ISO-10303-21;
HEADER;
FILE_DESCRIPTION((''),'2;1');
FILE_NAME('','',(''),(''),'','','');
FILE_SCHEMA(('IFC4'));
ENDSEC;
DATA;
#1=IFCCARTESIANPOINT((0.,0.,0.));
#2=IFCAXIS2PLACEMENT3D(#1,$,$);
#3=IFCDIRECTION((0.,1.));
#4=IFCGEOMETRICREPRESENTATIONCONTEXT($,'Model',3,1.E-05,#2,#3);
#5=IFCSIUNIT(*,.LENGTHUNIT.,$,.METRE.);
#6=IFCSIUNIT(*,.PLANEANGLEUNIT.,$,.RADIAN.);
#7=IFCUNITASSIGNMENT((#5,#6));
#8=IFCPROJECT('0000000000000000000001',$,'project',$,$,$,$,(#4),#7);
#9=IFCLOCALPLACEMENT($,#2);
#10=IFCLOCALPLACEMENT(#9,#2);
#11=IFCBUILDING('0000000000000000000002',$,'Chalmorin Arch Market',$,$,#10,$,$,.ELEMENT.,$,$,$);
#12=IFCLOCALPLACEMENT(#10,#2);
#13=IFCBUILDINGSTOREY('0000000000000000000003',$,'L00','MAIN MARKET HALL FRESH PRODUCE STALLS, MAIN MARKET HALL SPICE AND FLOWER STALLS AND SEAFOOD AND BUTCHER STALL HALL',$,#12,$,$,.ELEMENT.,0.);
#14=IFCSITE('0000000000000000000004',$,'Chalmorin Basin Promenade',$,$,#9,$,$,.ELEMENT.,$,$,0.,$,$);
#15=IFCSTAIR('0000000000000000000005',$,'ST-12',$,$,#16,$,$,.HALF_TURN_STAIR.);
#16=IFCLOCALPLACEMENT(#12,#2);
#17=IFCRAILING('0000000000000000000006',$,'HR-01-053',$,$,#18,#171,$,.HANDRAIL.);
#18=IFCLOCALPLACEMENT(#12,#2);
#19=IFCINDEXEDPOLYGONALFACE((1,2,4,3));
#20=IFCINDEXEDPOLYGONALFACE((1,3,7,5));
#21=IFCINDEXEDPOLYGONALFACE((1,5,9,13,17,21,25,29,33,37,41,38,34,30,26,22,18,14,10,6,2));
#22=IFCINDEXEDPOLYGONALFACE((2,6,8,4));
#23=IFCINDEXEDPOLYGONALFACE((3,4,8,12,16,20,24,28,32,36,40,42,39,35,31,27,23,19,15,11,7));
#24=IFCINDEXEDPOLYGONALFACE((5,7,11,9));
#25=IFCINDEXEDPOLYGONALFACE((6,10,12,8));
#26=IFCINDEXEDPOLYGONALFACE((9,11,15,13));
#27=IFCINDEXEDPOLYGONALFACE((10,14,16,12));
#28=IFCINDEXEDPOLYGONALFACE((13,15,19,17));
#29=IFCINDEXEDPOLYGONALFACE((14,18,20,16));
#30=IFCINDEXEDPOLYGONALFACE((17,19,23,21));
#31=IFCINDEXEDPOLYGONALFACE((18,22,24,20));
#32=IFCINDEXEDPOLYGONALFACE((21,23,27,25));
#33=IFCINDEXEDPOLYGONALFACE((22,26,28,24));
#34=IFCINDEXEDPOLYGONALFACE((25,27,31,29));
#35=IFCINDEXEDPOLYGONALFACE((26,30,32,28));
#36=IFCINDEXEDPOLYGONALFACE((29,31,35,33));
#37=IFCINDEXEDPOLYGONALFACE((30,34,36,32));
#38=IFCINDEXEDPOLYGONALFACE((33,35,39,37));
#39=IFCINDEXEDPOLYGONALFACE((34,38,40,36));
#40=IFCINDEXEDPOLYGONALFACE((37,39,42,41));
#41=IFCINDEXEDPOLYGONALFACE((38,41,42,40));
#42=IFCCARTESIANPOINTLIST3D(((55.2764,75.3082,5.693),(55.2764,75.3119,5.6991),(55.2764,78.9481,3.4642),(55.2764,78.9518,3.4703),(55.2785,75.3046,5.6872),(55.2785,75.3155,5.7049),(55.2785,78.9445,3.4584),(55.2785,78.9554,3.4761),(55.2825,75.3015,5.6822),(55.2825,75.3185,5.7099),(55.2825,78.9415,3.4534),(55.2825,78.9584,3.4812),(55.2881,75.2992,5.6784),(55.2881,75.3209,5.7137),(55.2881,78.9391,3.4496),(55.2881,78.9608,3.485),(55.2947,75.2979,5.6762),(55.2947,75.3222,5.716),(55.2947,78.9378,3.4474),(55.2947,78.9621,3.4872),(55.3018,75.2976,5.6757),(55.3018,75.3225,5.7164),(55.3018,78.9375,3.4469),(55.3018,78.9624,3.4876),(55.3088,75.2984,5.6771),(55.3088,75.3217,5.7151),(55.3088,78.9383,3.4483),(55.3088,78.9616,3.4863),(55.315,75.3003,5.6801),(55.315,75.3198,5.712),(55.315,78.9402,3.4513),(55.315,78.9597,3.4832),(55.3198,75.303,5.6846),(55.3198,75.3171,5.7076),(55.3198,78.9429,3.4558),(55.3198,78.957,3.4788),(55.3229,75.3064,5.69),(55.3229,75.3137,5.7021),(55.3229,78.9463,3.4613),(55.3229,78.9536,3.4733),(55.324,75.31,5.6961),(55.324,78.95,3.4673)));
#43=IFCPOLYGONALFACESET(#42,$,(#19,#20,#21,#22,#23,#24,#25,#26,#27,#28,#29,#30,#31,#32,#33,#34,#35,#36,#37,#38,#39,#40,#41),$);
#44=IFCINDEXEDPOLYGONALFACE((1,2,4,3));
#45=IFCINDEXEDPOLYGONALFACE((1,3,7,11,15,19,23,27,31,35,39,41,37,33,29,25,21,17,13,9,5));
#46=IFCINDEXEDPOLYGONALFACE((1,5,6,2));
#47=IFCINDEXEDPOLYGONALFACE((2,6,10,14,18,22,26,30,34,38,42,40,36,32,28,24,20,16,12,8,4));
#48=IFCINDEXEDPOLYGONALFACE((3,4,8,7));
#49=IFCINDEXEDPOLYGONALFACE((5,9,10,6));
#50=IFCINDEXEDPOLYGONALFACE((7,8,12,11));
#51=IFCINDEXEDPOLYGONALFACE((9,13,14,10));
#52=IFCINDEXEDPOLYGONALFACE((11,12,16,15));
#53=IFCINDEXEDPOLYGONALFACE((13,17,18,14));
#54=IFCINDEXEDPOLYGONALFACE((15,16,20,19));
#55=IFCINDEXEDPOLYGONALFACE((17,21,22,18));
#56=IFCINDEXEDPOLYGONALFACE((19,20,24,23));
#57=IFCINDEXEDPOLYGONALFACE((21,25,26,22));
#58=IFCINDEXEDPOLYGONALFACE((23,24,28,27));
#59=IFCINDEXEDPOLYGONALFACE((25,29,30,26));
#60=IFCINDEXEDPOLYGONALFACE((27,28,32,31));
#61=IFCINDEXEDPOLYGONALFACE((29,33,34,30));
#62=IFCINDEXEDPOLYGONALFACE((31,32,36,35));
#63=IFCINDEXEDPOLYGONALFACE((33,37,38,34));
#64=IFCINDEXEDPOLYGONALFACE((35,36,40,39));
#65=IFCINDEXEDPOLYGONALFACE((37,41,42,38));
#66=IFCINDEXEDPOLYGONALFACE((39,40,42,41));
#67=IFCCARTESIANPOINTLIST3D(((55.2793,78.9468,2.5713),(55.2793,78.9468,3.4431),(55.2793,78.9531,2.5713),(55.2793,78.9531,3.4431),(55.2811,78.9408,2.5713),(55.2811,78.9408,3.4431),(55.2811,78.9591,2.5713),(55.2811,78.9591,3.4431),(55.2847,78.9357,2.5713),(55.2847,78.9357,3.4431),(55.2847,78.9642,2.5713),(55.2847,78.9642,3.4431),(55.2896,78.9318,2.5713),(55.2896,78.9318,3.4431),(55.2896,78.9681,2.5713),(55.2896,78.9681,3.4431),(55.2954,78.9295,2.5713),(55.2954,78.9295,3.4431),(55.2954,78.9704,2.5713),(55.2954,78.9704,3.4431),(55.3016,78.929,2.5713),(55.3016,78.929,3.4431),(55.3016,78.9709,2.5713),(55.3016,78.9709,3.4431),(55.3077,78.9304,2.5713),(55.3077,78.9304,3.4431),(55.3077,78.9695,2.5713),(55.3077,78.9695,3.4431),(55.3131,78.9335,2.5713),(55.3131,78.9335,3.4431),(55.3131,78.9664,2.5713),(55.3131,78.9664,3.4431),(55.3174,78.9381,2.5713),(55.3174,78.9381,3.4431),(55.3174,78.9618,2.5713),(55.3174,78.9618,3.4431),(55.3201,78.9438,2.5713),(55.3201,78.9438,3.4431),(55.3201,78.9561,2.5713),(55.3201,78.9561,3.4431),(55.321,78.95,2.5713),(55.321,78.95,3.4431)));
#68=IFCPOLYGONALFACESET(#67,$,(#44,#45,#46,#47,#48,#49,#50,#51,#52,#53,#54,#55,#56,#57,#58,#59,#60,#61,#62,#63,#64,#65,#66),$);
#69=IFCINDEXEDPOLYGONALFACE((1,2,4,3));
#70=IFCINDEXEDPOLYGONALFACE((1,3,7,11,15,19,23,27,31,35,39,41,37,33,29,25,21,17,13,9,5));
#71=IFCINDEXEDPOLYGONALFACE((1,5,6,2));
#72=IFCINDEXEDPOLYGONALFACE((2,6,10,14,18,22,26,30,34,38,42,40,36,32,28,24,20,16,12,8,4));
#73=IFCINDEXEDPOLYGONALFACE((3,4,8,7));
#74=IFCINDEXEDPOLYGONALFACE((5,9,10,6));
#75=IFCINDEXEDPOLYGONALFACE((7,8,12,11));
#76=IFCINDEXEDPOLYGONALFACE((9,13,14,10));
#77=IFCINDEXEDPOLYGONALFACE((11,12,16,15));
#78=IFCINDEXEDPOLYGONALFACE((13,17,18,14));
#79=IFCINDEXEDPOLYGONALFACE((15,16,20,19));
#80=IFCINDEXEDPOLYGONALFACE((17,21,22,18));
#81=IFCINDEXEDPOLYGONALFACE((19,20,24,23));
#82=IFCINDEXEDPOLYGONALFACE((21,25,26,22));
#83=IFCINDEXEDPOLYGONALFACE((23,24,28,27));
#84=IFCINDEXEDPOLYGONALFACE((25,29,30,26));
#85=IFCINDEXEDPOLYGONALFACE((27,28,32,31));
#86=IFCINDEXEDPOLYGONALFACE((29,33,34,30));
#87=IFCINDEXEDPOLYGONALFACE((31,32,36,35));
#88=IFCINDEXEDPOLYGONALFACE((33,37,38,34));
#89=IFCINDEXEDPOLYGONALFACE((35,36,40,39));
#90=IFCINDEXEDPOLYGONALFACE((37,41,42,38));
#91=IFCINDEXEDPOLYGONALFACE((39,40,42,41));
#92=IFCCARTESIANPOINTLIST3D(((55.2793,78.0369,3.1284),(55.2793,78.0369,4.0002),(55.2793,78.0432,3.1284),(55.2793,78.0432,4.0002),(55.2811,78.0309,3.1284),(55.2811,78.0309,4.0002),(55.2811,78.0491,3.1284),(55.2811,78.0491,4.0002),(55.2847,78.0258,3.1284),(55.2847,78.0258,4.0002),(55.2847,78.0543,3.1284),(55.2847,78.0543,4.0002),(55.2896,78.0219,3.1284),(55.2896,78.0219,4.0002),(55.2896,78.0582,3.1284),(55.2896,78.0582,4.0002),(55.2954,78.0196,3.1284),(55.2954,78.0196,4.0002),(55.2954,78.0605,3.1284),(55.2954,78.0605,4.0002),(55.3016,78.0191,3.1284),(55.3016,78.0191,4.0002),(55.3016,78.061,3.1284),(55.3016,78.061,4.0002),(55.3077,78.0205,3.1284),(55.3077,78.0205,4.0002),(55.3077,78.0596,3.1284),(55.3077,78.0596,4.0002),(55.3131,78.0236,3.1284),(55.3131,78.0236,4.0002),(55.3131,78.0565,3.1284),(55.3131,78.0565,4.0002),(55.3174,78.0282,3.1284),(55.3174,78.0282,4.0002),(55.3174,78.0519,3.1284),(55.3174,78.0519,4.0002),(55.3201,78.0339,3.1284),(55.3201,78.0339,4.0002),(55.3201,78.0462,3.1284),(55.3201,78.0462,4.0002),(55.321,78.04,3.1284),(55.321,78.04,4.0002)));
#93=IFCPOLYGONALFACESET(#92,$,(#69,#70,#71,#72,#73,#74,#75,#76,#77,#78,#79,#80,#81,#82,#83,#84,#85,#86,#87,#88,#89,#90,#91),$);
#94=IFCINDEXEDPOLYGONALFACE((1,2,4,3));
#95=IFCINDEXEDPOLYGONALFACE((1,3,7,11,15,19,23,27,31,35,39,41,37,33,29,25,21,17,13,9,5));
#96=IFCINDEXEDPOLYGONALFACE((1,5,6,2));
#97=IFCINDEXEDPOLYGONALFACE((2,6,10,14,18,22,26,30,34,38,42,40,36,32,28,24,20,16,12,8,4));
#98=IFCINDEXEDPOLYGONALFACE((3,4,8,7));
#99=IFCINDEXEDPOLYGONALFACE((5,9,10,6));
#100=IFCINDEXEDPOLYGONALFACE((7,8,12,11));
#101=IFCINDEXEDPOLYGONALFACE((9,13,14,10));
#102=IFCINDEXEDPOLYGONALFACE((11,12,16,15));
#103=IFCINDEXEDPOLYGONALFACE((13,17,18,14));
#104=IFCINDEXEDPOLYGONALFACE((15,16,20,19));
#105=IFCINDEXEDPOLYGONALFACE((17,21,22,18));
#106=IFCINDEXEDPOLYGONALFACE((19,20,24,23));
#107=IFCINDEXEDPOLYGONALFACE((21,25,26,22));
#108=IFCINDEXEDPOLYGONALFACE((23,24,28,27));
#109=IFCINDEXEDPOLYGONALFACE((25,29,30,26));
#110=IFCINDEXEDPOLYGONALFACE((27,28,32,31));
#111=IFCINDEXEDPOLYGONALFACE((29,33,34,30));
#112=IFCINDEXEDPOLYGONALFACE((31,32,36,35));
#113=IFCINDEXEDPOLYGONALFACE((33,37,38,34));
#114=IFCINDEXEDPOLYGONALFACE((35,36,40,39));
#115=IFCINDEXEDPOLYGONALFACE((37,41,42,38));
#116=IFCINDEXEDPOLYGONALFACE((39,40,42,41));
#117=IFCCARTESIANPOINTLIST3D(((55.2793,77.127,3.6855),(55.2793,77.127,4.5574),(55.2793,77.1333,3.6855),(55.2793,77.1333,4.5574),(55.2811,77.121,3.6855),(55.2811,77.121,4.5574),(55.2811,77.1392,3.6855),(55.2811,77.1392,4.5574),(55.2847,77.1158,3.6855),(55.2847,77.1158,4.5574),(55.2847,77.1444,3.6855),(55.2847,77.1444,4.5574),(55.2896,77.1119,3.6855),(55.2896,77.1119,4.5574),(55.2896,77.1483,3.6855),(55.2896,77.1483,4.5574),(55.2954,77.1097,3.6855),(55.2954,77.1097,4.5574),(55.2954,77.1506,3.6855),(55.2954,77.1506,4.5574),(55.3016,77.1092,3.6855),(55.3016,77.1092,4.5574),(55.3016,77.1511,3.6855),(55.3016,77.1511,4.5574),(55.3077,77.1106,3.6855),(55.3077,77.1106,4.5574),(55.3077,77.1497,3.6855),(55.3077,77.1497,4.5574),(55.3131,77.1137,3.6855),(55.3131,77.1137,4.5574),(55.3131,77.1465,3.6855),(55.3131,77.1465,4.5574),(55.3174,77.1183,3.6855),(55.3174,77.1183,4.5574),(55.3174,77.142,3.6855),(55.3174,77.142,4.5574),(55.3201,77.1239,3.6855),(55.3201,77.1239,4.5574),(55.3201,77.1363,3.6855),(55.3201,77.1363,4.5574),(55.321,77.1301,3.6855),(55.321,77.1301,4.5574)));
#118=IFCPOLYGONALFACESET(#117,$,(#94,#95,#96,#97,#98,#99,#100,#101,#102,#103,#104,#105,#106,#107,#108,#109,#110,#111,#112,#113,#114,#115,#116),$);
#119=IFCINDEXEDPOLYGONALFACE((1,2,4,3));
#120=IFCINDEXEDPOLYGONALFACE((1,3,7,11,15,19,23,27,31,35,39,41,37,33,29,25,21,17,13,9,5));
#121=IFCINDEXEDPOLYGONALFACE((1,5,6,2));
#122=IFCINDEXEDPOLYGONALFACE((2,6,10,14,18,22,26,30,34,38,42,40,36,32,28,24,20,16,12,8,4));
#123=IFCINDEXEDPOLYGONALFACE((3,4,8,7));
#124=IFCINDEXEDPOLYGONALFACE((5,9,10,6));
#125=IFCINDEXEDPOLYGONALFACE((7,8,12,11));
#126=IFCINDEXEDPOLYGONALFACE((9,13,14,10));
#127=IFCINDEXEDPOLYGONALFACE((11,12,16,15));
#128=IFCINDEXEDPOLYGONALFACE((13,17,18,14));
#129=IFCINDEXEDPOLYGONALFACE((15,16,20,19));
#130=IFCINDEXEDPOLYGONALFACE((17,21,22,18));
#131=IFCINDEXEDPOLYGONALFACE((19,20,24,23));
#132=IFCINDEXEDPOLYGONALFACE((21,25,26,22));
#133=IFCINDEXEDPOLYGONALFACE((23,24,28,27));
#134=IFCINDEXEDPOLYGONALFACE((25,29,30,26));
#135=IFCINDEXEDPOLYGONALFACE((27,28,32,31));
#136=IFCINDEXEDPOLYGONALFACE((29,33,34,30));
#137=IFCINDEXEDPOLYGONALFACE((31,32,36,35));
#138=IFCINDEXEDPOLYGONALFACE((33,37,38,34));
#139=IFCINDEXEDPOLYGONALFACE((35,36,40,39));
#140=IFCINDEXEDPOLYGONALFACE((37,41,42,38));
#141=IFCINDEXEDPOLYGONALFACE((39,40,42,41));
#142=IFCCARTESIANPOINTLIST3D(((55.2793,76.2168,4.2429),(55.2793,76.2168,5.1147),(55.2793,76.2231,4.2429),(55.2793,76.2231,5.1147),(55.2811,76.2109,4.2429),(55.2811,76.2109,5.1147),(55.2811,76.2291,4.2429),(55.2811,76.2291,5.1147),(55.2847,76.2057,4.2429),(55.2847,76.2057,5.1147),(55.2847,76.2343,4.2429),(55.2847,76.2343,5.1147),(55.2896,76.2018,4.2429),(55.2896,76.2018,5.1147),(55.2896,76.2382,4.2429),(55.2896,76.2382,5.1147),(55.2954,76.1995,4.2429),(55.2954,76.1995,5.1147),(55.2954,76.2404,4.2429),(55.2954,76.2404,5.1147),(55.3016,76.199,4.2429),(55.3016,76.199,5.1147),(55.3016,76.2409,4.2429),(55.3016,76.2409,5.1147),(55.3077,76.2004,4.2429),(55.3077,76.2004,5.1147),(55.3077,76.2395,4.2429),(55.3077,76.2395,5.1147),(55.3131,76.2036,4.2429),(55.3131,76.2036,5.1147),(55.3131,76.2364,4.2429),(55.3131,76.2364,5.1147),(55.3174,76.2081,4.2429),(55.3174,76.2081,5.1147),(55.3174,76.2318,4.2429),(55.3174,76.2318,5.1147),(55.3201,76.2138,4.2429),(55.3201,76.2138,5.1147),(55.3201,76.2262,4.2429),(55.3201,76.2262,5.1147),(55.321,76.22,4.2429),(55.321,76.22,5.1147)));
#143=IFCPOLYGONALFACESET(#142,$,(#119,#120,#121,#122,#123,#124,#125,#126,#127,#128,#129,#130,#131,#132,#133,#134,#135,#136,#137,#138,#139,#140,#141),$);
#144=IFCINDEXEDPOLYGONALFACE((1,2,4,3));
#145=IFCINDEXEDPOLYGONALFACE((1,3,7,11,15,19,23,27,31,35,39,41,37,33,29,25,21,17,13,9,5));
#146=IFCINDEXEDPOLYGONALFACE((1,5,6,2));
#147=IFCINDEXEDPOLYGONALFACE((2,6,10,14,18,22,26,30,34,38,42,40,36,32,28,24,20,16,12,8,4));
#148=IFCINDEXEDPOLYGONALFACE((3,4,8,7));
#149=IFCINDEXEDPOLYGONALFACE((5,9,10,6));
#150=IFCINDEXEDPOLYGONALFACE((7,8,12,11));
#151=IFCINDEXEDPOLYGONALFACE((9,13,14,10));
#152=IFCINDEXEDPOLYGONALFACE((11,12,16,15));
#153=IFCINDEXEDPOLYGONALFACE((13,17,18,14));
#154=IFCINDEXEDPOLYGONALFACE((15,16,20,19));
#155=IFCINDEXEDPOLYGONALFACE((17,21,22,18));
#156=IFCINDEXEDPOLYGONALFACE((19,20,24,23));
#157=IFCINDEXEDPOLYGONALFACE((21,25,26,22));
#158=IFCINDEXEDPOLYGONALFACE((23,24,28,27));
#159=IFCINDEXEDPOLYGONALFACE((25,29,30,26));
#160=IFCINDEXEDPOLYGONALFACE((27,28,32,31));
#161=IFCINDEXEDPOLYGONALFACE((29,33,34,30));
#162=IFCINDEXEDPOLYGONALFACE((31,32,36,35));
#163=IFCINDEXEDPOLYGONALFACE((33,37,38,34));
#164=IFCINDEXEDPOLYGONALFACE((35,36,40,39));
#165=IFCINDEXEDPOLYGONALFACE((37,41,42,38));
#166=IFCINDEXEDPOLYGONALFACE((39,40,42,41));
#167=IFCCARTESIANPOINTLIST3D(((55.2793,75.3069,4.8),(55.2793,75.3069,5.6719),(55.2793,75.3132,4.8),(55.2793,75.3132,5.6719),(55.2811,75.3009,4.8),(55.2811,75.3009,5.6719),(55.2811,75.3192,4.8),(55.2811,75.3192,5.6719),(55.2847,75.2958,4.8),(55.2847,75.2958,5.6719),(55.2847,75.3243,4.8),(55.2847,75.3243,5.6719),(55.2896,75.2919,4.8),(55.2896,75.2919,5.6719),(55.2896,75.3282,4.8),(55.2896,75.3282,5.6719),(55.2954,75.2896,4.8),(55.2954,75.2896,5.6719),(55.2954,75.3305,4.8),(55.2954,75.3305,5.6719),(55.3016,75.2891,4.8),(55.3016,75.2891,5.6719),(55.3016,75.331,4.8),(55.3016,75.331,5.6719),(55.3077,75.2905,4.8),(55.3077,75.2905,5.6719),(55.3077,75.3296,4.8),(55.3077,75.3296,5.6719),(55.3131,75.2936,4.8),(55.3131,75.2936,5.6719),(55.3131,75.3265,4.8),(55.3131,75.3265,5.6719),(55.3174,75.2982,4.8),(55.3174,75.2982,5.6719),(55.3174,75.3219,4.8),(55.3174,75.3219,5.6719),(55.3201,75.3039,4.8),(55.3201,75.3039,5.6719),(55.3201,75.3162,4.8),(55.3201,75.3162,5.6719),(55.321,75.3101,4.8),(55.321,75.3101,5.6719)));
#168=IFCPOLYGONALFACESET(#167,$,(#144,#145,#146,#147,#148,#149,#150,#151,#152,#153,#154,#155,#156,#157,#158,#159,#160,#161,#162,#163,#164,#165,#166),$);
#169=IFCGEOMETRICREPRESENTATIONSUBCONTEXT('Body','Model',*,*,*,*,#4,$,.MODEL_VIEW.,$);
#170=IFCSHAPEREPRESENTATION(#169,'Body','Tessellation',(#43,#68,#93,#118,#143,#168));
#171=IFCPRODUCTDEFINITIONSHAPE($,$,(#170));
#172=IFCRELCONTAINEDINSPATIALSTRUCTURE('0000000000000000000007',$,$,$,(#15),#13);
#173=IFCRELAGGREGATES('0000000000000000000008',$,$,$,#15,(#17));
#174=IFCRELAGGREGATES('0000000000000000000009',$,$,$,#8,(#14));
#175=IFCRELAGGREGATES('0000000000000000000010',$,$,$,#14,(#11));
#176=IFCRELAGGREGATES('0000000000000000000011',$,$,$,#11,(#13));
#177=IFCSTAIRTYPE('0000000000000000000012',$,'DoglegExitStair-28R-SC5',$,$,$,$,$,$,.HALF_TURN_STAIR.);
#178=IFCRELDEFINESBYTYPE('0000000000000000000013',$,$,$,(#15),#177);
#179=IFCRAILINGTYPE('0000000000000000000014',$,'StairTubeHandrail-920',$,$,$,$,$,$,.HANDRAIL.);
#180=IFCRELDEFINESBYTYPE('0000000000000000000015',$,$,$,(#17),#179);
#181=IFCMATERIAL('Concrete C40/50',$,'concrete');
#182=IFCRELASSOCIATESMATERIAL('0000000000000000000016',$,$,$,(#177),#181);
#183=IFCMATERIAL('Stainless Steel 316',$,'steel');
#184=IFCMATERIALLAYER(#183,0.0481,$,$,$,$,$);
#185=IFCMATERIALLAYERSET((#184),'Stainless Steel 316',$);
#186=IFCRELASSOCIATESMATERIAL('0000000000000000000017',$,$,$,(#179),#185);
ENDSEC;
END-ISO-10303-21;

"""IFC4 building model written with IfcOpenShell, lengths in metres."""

from ifc_helpers import new_model, si_unit, direction, frame, origin, origin_2d, place, context, subcontext, project, spatial, circle, extrude, material, layer, layer_set, type_object, element, aggregate, save


model = new_model("IFC4")

# Units and contexts
model_context = context("Model", 3, precision=1e-05, world=origin(), true_north=direction((0.0, 1.0)))
body_context = subcontext(model_context, "Body", "Model", "MODEL_VIEW")
ifc_project = project(units=[si_unit("LENGTHUNIT", "METRE"), si_unit("PLANEANGLEUNIT", "RADIAN")], contexts=[model_context])

# Site, building, storey
site_placement = place(None, origin())
site = spatial("IfcSite", under=ifc_project, at=site_placement, Name="Chalmorin Basin Promenade", CompositionType="ELEMENT", RefElevation=0.0)
building_placement = place(site_placement, origin())
building = spatial("IfcBuilding", under=site, at=building_placement, Name="Chalmorin Arch Market", CompositionType="ELEMENT")
storey_placement = place(building_placement, origin())
storey = spatial("IfcBuildingStorey", under=building, at=storey_placement, Name="L00", Description="MAIN MARKET HALL FRESH PRODUCE STALLS, MAIN MARKET HALL SPICE AND FLOWER STALLS AND SEAFOOD AND BUTCHER STALL HALL", CompositionType="ELEMENT", Elevation=0.0)

# Shared definitions
ifc_material_1 = material(Name="Concrete C40/50", Category="concrete")

# Stair, railing
stair_type = type_object("IfcStairType", Name="DoglegExitStair-28R-SC5", PredefinedType="HALF_TURN_STAIR", material=ifc_material_1)
stair_placement = place(storey_placement, origin())
stair = element("IfcStair", 1, at=stair_placement, inside=storey, type_object=stair_type, Name="ST-12", PredefinedType="HALF_TURN_STAIR")
ifc_material_2 = material(Name="Stainless Steel 316", Category="steel")
ifc_layer_1 = layer(ifc_material_2, 0.0481)
ifc_layer_set_1 = layer_set([ifc_layer_1], Name="Stainless Steel 316")
railing_type_1 = type_object("IfcRailingType", Name="StairTubeHandrail-920", PredefinedType="HANDRAIL", material=ifc_layer_set_1)
railing_1_placement = place(storey_placement, frame((55.3, 78.95, 2.5713)))
railing_1 = element("IfcRailing", 2, at=railing_1_placement, type_object=railing_type_1, Name="HR-01-053", PredefinedType="HANDRAIL", context=body_context, shape_type="SweptSolid", body=[
    extrude(circle(Radius=0.0239, at=origin_2d()), frame((0.0, 0.0, 0.896), z_axis=(0.0, -0.852825, 0.522197), x_axis=(1.0, 0.0, 0.0)), (0.0, 0.0, 1.0), 4.2681),
    extrude(circle(Radius=0.021, at=origin_2d()), origin(), (0.0, 0.0, 1.0), 0.8718),
    extrude(circle(Radius=0.021, at=origin_2d()), frame((0.0, -0.9099, 0.5571)), (0.0, 0.0, 1.0), 0.8718),
    extrude(circle(Radius=0.021, at=origin_2d()), frame((0.0, -1.8198, 1.1143)), (0.0, 0.0, 1.0), 0.8718),
    extrude(circle(Radius=0.021, at=origin_2d()), frame((0.0, -2.73, 1.6716)), (0.0, 0.0, 1.0), 0.8718),
    extrude(circle(Radius=0.021, at=origin_2d()), frame((0.0, -3.6399, 2.2288)), (0.0, 0.0, 1.0), 0.8718),
])
aggregate(stair, [railing_1])

save(model, "model.ifc")
